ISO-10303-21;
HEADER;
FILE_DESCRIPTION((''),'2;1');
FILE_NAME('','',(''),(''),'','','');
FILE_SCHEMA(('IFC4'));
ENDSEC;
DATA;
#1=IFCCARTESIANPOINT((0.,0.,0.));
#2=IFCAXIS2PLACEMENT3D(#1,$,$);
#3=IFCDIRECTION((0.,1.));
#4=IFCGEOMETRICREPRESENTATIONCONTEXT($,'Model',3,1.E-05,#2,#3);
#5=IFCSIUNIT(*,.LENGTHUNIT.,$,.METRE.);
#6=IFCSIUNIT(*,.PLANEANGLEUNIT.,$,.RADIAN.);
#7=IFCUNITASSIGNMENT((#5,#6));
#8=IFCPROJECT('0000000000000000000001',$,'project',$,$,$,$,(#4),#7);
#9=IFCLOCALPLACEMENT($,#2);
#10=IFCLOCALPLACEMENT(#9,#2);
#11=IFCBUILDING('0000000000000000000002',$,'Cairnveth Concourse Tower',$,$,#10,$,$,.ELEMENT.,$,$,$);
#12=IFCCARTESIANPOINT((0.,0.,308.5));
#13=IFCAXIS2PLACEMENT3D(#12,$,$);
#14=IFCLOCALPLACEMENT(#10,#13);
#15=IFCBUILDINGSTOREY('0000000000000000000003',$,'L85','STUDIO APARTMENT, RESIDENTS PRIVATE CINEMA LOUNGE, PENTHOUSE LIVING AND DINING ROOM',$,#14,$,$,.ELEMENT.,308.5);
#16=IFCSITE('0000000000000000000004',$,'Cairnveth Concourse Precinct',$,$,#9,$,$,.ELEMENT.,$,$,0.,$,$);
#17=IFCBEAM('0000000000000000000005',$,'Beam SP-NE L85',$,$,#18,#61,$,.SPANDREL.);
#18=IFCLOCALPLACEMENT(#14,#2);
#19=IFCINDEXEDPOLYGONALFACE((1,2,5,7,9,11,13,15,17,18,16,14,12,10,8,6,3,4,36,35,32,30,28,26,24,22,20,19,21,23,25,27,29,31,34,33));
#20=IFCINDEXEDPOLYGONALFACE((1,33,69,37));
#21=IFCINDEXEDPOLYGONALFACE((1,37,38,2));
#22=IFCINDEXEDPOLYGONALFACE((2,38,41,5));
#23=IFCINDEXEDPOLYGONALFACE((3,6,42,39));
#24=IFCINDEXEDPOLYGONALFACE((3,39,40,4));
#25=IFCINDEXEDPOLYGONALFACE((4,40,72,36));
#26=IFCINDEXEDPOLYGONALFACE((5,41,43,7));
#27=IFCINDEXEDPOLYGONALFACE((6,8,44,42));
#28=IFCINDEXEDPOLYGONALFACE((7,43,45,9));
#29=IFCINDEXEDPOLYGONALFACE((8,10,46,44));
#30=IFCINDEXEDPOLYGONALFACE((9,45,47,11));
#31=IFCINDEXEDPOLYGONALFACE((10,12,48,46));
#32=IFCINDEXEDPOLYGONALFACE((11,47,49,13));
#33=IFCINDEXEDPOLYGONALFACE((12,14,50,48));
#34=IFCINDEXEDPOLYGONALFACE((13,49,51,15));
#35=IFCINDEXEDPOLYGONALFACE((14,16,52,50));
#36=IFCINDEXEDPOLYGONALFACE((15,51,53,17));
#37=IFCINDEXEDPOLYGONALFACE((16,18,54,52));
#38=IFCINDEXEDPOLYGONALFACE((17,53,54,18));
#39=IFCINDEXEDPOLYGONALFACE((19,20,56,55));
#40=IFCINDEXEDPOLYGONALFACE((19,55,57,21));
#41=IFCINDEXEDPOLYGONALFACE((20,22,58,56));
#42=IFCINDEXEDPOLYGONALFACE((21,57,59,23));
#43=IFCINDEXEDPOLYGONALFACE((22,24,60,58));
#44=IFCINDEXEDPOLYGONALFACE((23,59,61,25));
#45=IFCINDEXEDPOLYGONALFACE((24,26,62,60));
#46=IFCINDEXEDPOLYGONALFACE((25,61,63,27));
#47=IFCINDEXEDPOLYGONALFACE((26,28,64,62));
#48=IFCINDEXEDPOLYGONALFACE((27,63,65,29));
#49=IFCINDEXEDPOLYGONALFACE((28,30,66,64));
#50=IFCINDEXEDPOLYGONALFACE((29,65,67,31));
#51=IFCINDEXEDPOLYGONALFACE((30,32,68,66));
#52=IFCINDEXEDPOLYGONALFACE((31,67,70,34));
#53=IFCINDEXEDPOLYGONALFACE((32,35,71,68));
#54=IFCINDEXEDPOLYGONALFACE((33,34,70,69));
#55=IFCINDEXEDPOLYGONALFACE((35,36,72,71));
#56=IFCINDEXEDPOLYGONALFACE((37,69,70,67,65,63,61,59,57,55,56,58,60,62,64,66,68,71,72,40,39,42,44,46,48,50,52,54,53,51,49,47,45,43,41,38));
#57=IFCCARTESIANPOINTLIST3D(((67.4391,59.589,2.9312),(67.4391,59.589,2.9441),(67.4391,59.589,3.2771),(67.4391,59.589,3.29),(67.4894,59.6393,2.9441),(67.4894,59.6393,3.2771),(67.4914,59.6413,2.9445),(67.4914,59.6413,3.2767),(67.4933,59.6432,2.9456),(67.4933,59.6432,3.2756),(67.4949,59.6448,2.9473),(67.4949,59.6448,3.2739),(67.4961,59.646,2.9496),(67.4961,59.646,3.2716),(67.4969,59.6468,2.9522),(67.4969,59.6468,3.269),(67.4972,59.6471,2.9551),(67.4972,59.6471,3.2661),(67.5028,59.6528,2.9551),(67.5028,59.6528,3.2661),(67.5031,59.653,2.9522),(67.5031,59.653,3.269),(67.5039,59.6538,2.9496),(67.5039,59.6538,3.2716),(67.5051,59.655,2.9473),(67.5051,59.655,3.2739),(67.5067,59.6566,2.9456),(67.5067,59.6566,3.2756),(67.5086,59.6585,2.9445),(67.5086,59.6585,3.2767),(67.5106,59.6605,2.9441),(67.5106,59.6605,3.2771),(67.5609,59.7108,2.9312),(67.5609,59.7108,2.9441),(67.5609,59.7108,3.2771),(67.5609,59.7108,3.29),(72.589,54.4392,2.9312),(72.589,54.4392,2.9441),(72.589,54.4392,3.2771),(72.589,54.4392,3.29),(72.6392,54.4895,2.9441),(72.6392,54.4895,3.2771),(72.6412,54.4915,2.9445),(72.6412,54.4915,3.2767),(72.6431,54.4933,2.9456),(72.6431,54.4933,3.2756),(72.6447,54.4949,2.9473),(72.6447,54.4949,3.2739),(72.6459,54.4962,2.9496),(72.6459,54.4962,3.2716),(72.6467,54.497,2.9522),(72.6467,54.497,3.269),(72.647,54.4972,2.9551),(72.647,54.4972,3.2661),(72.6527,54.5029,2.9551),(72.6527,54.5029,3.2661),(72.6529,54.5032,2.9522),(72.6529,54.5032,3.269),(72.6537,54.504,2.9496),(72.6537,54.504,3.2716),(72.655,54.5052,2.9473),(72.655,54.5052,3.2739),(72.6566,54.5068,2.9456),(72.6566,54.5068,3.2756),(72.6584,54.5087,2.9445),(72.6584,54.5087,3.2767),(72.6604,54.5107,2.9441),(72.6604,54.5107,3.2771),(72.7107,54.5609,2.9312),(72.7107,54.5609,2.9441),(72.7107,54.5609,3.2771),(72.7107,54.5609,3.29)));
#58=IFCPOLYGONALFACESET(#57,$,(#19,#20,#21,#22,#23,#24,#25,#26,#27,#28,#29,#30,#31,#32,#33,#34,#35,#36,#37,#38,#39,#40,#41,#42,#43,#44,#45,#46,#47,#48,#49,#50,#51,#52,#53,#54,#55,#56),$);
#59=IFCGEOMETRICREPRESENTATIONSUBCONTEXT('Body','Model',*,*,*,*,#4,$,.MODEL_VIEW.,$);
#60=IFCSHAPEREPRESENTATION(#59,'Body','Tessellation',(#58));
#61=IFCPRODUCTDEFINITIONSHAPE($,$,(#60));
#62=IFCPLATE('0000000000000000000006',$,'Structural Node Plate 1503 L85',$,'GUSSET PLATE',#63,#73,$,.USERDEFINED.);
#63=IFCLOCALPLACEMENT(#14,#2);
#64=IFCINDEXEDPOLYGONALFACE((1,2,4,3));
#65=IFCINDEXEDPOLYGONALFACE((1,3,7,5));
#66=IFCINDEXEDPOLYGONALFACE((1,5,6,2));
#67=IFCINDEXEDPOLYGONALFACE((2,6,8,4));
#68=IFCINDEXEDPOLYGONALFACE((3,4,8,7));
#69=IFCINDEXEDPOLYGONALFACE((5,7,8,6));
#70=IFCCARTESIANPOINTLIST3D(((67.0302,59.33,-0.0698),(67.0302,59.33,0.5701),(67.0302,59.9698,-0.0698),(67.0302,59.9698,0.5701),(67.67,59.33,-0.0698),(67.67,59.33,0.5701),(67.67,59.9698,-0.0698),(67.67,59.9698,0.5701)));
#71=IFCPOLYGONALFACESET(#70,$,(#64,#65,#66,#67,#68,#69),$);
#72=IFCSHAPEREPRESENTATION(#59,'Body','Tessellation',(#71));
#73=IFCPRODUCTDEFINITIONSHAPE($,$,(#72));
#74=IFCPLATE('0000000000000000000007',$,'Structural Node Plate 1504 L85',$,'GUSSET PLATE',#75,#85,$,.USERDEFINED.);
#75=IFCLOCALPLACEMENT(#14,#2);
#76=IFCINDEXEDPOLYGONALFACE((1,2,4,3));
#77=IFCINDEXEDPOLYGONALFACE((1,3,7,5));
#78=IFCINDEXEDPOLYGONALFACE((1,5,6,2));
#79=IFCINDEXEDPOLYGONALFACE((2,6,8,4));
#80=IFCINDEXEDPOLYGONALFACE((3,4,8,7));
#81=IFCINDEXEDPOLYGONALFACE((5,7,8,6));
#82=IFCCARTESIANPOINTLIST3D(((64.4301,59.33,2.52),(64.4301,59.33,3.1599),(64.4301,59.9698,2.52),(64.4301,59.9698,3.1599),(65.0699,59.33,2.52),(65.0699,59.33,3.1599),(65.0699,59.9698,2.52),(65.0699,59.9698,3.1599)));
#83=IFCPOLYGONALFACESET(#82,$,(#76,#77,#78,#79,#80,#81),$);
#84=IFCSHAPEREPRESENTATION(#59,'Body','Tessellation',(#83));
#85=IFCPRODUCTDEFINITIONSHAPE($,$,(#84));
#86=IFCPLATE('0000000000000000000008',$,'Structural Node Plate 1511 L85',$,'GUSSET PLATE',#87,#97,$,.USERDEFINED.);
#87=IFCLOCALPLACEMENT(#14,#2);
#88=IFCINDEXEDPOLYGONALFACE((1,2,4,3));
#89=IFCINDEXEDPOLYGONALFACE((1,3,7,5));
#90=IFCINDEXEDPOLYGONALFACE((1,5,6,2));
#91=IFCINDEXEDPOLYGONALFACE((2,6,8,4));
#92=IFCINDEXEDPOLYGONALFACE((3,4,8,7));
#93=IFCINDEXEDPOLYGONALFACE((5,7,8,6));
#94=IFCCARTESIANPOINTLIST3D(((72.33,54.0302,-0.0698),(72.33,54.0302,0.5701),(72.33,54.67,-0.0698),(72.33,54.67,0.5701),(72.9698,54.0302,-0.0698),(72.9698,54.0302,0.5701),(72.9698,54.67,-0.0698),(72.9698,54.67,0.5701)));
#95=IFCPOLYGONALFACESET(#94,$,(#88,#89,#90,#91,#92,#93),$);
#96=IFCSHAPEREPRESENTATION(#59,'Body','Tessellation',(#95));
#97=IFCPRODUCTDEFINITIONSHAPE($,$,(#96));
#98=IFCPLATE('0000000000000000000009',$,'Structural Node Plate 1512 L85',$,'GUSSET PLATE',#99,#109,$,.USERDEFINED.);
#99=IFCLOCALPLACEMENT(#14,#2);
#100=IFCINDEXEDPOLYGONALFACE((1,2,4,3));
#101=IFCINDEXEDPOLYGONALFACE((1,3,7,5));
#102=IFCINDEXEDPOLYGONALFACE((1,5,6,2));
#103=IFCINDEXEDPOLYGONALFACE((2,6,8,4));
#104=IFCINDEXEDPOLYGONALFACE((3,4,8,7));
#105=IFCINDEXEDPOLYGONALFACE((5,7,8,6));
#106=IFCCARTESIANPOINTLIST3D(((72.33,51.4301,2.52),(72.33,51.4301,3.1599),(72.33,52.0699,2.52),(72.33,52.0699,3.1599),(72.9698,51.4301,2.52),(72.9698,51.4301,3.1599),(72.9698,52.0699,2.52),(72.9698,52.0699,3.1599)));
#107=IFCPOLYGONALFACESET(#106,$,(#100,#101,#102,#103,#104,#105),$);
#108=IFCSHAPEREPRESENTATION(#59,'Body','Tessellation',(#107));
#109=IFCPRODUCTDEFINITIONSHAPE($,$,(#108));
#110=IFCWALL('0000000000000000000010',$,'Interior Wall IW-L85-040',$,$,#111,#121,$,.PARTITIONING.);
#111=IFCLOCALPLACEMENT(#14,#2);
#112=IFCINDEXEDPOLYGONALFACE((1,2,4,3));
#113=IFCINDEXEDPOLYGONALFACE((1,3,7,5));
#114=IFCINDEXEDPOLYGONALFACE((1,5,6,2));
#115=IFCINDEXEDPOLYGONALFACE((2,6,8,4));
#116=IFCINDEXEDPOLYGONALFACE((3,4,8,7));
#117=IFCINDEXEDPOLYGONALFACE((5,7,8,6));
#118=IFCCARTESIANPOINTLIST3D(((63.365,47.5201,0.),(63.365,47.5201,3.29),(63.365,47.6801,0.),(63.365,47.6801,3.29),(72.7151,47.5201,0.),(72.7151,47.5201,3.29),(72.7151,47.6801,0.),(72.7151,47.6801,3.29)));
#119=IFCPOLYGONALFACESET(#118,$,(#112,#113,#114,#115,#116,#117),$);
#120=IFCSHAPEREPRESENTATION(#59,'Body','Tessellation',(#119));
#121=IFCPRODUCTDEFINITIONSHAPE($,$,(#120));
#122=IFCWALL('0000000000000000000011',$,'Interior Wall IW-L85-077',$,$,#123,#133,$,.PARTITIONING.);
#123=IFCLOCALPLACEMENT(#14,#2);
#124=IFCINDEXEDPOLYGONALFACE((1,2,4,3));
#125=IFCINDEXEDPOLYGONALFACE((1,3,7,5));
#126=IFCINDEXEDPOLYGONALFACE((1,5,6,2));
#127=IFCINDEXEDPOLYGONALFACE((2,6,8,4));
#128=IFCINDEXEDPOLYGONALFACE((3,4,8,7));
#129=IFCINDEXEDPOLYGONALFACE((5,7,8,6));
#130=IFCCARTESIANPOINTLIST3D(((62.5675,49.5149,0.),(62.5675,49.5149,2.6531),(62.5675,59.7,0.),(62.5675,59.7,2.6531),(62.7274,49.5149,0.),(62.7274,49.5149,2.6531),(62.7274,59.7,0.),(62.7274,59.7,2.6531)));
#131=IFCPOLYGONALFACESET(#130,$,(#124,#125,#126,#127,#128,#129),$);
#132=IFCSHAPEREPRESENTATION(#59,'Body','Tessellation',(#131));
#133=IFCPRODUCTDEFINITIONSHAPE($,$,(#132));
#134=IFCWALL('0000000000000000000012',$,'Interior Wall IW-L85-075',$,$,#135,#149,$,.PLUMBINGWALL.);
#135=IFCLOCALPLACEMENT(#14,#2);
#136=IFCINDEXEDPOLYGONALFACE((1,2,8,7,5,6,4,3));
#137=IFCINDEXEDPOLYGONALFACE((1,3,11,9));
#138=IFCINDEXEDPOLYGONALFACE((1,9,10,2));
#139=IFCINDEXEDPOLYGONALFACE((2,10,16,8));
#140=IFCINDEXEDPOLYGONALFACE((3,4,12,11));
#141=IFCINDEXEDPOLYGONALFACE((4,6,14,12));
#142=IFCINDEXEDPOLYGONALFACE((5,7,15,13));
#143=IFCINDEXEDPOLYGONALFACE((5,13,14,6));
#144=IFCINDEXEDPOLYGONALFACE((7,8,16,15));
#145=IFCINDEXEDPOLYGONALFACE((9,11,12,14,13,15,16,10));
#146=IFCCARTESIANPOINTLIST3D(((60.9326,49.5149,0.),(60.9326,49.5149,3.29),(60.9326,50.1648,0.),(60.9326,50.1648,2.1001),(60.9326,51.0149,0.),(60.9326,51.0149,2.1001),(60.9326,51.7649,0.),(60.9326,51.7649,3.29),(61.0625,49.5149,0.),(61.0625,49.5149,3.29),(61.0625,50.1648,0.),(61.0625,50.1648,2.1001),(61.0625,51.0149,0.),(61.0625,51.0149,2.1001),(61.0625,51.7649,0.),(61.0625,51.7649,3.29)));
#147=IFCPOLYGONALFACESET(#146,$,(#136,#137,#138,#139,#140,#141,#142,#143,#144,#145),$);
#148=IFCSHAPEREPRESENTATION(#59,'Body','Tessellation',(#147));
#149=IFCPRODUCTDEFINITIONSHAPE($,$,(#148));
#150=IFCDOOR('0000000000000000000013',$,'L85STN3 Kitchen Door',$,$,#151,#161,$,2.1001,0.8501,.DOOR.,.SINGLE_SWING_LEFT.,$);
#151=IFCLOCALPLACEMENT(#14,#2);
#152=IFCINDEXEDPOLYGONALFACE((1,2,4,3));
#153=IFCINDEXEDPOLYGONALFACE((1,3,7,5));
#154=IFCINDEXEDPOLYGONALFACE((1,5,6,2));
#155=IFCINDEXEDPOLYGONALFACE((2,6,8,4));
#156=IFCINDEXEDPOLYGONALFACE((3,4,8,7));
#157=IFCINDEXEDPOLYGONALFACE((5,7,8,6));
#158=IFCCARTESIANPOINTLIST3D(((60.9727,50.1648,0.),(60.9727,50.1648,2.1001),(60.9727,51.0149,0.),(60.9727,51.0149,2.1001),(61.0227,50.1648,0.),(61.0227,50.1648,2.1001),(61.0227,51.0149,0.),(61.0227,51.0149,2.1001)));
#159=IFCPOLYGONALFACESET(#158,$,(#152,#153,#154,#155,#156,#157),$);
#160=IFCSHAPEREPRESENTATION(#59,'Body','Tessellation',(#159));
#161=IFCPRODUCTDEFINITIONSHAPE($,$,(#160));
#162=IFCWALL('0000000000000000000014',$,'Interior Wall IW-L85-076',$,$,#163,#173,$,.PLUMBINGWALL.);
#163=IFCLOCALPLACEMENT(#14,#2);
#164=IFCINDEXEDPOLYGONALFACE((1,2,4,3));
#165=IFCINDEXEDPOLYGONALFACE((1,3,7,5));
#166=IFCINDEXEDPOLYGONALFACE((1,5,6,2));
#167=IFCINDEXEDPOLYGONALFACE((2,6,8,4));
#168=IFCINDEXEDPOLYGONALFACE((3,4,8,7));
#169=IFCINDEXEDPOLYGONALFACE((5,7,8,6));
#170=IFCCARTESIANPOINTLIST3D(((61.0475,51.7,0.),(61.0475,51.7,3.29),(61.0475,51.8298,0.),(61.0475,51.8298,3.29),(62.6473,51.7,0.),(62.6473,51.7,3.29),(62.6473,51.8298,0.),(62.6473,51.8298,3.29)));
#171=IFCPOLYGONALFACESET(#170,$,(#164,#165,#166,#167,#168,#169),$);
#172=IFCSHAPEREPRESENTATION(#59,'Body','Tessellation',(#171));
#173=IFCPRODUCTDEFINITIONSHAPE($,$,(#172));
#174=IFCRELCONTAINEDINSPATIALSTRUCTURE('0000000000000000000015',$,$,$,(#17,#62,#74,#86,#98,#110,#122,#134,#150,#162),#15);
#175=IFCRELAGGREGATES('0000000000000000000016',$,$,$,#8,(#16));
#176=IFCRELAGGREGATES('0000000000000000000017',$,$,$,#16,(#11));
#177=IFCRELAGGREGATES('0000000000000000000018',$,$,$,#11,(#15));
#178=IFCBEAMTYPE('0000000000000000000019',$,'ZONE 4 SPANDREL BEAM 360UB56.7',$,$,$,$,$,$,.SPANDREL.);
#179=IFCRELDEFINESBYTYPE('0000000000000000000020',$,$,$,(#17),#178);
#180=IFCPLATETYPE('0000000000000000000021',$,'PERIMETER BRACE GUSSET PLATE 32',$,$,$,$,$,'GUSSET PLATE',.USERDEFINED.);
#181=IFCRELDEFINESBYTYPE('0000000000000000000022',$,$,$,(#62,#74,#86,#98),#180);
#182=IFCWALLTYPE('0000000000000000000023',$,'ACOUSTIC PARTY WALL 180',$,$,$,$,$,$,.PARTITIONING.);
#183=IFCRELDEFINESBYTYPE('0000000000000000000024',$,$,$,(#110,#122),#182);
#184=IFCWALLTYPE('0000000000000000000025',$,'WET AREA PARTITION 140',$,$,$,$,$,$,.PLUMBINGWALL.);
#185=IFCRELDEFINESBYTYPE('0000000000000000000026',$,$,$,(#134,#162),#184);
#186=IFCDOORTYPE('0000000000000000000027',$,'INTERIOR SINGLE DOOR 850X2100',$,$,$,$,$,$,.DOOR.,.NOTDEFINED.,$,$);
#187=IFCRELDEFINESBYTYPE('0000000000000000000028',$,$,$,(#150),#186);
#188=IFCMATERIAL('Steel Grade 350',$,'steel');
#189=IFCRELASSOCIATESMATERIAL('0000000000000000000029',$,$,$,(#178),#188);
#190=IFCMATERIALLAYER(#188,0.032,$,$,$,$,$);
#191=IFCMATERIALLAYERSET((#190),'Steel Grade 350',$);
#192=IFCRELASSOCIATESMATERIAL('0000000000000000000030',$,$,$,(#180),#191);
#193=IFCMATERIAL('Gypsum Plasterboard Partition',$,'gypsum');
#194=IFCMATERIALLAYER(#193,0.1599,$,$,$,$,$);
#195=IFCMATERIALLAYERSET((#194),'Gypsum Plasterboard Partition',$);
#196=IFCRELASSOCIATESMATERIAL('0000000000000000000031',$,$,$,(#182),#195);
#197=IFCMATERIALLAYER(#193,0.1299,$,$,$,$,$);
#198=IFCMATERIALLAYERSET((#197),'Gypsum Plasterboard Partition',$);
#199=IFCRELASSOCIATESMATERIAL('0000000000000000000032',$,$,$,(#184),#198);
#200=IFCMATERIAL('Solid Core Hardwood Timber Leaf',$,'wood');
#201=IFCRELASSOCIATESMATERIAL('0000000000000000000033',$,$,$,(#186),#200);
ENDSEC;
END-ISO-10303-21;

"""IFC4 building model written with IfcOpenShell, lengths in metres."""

from ifc_helpers import new_model, si_unit, direction, frame, frame_2d, origin, origin_2d, place, context, subcontext, project, spatial, rectangle, i_section, extrude, material, layer, layer_set, material_profile, profile_set, type_object, element, fill, save


model = new_model("IFC4")

# Units and contexts
model_context = context("Model", 3, precision=1e-05, world=origin(), true_north=direction((0.0, 1.0)))
body_context = subcontext(model_context, "Body", "Model", "MODEL_VIEW")
ifc_project = project(units=[si_unit("LENGTHUNIT", "METRE"), si_unit("PLANEANGLEUNIT", "RADIAN")], contexts=[model_context])

# Site, building, storey
site_placement = place(None, origin())
site = spatial("IfcSite", under=ifc_project, at=site_placement, Name="Cairnveth Concourse Precinct", CompositionType="ELEMENT", RefElevation=0.0)
building_placement = place(site_placement, origin())
building = spatial("IfcBuilding", under=site, at=building_placement, Name="Cairnveth Concourse Tower", CompositionType="ELEMENT")
storey_placement = place(building_placement, frame((0.0, 0.0, 308.5)))
storey = spatial("IfcBuildingStorey", under=building, at=storey_placement, Name="L85", Description="STUDIO APARTMENT, RESIDENTS PRIVATE CINEMA LOUNGE, PENTHOUSE LIVING AND DINING ROOM", CompositionType="ELEMENT", Elevation=308.5)

# Shared definitions
ifc_material_1 = material(Name="Steel Grade 350", Category="steel")

# Beam
ifc_material_profile_1 = material_profile(ifc_material_1, i_section(OverallWidth=0.1721, OverallDepth=0.3589, WebThickness=0.0081, FlangeThickness=0.0129, FilletRadius=0.011, at=origin_2d()), Name="360UB56.7")
ifc_profile_set_1 = profile_set([ifc_material_profile_1], Name="Steel Grade 350")
beam_type_1 = type_object("IfcBeamType", Name="ZONE 4 SPANDREL BEAM 360UB56.7", PredefinedType="SPANDREL", material=ifc_profile_set_1)
beam_1_placement = place(storey_placement, frame((67.5, 59.6499, 3.1106), z_axis=(0.707107, -0.707107, 0.0), x_axis=(0.707107, 0.707107, 0.0)))
element("IfcBeam", 1, at=beam_1_placement, inside=storey, type_object=beam_type_1, Name="Beam SP-NE L85", PredefinedType="SPANDREL", context=body_context, shape_type="SweptSolid", body=[
    extrude(i_section(OverallWidth=0.1721, OverallDepth=0.3589, WebThickness=0.0081, FlangeThickness=0.0129, FilletRadius=0.011, at=origin_2d()), origin(), (0.0, 0.0, 1.0), 7.283),
])

# Plates
ifc_layer_1 = layer(ifc_material_1, 0.032)
ifc_layer_set_1 = layer_set([ifc_layer_1], Name="Steel Grade 350")
plate_type = type_object("IfcPlateType", Name="PERIMETER BRACE GUSSET PLATE 32", ElementType="GUSSET PLATE", PredefinedType="USERDEFINED", material=ifc_layer_set_1)
for number, where, z_axis, x_axis, name in (
    (2, (67.3501, 59.6499, -0.0698), (0.0, 0.0, 1.0), (1.0, 0.0, 0.0), "Structural Node Plate 1503 L85"),
    (3, (64.75, 59.6499, 2.52), (0.0, 0.0, 1.0), (1.0, 0.0, 0.0), "Structural Node Plate 1504 L85"),
    (4, (72.6499, 54.3501, -0.0698), (0.0, 0.0, 1.0), (1.0, 0.0, 0.0), "Structural Node Plate 1511 L85"),
    (5, (72.6499, 51.75, 2.52), (0.0, 0.0, 1.0), (1.0, 0.0, 0.0), "Structural Node Plate 1512 L85"),
):
    element("IfcPlate", number, at=place(storey_placement, frame(where, z_axis=z_axis, x_axis=x_axis)), inside=storey, type_object=plate_type, Name=name, ObjectType="GUSSET PLATE", PredefinedType="USERDEFINED", context=body_context, shape_type="SweptSolid", body=[
        extrude(rectangle(XDim=0.6399, YDim=0.6399, at=origin_2d()), origin(), (0.0, 0.0, 1.0), 0.6399),
    ])

# Walls
ifc_material_2 = material(Name="Gypsum Plasterboard Partition", Category="gypsum")
ifc_layer_2 = layer(ifc_material_2, 0.1599)
ifc_layer_set_2 = layer_set([ifc_layer_2], Name="Gypsum Plasterboard Partition")
wall_type_1 = type_object("IfcWallType", Name="ACOUSTIC PARTY WALL 180", PredefinedType="PARTITIONING", material=ifc_layer_set_2)
wall_1_placement = place(storey_placement, frame((63.365, 47.6001, 0.0), z_axis=(0.0, 0.0, 1.0), x_axis=(1.0, 0.0, 0.0)))
element("IfcWall", 6, at=wall_1_placement, inside=storey, type_object=wall_type_1, Name="Interior Wall IW-L85-040", PredefinedType="PARTITIONING", context=body_context, shape_type="SweptSolid", body=[
    extrude(rectangle(XDim=9.3501, YDim=0.1599, at=frame_2d((4.675, 0.0))), origin(), (0.0, 0.0, 1.0), 3.29),
])
wall_2_placement = place(storey_placement, frame((62.6475, 49.5149, 0.0), z_axis=(0.0, 0.0, 1.0), x_axis=(0.0, 1.0, 0.0)))
element("IfcWall", 7, at=wall_2_placement, inside=storey, type_object=wall_type_1, Name="Interior Wall IW-L85-077", PredefinedType="PARTITIONING", context=body_context, shape_type="SweptSolid", body=[
    extrude(rectangle(XDim=10.1851, YDim=0.1599, at=frame_2d((5.0925, 0.0))), origin(), (0.0, 0.0, 1.0), 2.6531),
])

# Wall, opening, door
ifc_layer_3 = layer(ifc_material_2, 0.1299)
ifc_layer_set_3 = layer_set([ifc_layer_3], Name="Gypsum Plasterboard Partition")
wall_type_2 = type_object("IfcWallType", Name="WET AREA PARTITION 140", PredefinedType="PLUMBINGWALL", material=ifc_layer_set_3)
wall_3_placement = place(storey_placement, frame((60.9976, 49.5149, 0.0), z_axis=(0.0, 0.0, 1.0), x_axis=(0.0, 1.0, 0.0)))
wall_3 = element("IfcWall", 8, at=wall_3_placement, inside=storey, type_object=wall_type_2, Name="Interior Wall IW-L85-075", PredefinedType="PLUMBINGWALL", context=body_context, shape_type="SweptSolid", body=[
    extrude(rectangle(XDim=2.25, YDim=0.1299, at=frame_2d((1.125, 0.0))), origin(), (0.0, 0.0, 1.0), 3.29),
])
opening_1_placement = place(wall_3_placement, frame((0.6499, 0.0, 0.0)))
opening_1 = element("IfcOpeningElement", 9, at=opening_1_placement, cuts=wall_3, PredefinedType="OPENING", context=body_context, shape_type="SweptSolid", body=[
    extrude(rectangle(XDim=0.8501, YDim=2.1001, at=frame_2d((0.425, 1.05))), frame((0.0, 0.075, 0.0), z_axis=(0.0, -1.0, 0.0), x_axis=(1.0, 0.0, 0.0)), (0.0, 0.0, 1.0), 0.1499),
])
ifc_material_3 = material(Name="Solid Core Hardwood Timber Leaf", Category="wood")
door_type_1 = type_object("IfcDoorType", Name="INTERIOR SINGLE DOOR 850X2100", OperationType="NOTDEFINED", PredefinedType="DOOR", material=ifc_material_3)
door_1_placement = place(opening_1_placement, origin())
door_1 = element("IfcDoor", 10, at=door_1_placement, inside=storey, type_object=door_type_1, Name="L85STN3 Kitchen Door", OperationType="SINGLE_SWING_LEFT", OverallHeight=2.1001, OverallWidth=0.8501, PredefinedType="DOOR", context=body_context, shape_type="SweptSolid", body=[
    extrude(rectangle(XDim=0.8501, YDim=2.1001, at=frame_2d((0.425, 1.05))), frame((0.0, 0.0249, 0.0), z_axis=(0.0, -1.0, 0.0), x_axis=(1.0, 0.0, 0.0)), (0.0, 0.0, 1.0), 0.05),
])
fill(opening_1, door_1)

# Wall
wall_4_placement = place(storey_placement, frame((61.0476, 51.7649, 0.0), z_axis=(0.0, 0.0, 1.0), x_axis=(1.0, 0.0, 0.0)))
element("IfcWall", 11, at=wall_4_placement, inside=storey, type_object=wall_type_2, Name="Interior Wall IW-L85-076", PredefinedType="PLUMBINGWALL", context=body_context, shape_type="SweptSolid", body=[
    extrude(rectangle(XDim=1.5999, YDim=0.1299, at=frame_2d((0.7998, 0.0))), origin(), (0.0, 0.0, 1.0), 3.29),
])

save(model, "model.ifc")
